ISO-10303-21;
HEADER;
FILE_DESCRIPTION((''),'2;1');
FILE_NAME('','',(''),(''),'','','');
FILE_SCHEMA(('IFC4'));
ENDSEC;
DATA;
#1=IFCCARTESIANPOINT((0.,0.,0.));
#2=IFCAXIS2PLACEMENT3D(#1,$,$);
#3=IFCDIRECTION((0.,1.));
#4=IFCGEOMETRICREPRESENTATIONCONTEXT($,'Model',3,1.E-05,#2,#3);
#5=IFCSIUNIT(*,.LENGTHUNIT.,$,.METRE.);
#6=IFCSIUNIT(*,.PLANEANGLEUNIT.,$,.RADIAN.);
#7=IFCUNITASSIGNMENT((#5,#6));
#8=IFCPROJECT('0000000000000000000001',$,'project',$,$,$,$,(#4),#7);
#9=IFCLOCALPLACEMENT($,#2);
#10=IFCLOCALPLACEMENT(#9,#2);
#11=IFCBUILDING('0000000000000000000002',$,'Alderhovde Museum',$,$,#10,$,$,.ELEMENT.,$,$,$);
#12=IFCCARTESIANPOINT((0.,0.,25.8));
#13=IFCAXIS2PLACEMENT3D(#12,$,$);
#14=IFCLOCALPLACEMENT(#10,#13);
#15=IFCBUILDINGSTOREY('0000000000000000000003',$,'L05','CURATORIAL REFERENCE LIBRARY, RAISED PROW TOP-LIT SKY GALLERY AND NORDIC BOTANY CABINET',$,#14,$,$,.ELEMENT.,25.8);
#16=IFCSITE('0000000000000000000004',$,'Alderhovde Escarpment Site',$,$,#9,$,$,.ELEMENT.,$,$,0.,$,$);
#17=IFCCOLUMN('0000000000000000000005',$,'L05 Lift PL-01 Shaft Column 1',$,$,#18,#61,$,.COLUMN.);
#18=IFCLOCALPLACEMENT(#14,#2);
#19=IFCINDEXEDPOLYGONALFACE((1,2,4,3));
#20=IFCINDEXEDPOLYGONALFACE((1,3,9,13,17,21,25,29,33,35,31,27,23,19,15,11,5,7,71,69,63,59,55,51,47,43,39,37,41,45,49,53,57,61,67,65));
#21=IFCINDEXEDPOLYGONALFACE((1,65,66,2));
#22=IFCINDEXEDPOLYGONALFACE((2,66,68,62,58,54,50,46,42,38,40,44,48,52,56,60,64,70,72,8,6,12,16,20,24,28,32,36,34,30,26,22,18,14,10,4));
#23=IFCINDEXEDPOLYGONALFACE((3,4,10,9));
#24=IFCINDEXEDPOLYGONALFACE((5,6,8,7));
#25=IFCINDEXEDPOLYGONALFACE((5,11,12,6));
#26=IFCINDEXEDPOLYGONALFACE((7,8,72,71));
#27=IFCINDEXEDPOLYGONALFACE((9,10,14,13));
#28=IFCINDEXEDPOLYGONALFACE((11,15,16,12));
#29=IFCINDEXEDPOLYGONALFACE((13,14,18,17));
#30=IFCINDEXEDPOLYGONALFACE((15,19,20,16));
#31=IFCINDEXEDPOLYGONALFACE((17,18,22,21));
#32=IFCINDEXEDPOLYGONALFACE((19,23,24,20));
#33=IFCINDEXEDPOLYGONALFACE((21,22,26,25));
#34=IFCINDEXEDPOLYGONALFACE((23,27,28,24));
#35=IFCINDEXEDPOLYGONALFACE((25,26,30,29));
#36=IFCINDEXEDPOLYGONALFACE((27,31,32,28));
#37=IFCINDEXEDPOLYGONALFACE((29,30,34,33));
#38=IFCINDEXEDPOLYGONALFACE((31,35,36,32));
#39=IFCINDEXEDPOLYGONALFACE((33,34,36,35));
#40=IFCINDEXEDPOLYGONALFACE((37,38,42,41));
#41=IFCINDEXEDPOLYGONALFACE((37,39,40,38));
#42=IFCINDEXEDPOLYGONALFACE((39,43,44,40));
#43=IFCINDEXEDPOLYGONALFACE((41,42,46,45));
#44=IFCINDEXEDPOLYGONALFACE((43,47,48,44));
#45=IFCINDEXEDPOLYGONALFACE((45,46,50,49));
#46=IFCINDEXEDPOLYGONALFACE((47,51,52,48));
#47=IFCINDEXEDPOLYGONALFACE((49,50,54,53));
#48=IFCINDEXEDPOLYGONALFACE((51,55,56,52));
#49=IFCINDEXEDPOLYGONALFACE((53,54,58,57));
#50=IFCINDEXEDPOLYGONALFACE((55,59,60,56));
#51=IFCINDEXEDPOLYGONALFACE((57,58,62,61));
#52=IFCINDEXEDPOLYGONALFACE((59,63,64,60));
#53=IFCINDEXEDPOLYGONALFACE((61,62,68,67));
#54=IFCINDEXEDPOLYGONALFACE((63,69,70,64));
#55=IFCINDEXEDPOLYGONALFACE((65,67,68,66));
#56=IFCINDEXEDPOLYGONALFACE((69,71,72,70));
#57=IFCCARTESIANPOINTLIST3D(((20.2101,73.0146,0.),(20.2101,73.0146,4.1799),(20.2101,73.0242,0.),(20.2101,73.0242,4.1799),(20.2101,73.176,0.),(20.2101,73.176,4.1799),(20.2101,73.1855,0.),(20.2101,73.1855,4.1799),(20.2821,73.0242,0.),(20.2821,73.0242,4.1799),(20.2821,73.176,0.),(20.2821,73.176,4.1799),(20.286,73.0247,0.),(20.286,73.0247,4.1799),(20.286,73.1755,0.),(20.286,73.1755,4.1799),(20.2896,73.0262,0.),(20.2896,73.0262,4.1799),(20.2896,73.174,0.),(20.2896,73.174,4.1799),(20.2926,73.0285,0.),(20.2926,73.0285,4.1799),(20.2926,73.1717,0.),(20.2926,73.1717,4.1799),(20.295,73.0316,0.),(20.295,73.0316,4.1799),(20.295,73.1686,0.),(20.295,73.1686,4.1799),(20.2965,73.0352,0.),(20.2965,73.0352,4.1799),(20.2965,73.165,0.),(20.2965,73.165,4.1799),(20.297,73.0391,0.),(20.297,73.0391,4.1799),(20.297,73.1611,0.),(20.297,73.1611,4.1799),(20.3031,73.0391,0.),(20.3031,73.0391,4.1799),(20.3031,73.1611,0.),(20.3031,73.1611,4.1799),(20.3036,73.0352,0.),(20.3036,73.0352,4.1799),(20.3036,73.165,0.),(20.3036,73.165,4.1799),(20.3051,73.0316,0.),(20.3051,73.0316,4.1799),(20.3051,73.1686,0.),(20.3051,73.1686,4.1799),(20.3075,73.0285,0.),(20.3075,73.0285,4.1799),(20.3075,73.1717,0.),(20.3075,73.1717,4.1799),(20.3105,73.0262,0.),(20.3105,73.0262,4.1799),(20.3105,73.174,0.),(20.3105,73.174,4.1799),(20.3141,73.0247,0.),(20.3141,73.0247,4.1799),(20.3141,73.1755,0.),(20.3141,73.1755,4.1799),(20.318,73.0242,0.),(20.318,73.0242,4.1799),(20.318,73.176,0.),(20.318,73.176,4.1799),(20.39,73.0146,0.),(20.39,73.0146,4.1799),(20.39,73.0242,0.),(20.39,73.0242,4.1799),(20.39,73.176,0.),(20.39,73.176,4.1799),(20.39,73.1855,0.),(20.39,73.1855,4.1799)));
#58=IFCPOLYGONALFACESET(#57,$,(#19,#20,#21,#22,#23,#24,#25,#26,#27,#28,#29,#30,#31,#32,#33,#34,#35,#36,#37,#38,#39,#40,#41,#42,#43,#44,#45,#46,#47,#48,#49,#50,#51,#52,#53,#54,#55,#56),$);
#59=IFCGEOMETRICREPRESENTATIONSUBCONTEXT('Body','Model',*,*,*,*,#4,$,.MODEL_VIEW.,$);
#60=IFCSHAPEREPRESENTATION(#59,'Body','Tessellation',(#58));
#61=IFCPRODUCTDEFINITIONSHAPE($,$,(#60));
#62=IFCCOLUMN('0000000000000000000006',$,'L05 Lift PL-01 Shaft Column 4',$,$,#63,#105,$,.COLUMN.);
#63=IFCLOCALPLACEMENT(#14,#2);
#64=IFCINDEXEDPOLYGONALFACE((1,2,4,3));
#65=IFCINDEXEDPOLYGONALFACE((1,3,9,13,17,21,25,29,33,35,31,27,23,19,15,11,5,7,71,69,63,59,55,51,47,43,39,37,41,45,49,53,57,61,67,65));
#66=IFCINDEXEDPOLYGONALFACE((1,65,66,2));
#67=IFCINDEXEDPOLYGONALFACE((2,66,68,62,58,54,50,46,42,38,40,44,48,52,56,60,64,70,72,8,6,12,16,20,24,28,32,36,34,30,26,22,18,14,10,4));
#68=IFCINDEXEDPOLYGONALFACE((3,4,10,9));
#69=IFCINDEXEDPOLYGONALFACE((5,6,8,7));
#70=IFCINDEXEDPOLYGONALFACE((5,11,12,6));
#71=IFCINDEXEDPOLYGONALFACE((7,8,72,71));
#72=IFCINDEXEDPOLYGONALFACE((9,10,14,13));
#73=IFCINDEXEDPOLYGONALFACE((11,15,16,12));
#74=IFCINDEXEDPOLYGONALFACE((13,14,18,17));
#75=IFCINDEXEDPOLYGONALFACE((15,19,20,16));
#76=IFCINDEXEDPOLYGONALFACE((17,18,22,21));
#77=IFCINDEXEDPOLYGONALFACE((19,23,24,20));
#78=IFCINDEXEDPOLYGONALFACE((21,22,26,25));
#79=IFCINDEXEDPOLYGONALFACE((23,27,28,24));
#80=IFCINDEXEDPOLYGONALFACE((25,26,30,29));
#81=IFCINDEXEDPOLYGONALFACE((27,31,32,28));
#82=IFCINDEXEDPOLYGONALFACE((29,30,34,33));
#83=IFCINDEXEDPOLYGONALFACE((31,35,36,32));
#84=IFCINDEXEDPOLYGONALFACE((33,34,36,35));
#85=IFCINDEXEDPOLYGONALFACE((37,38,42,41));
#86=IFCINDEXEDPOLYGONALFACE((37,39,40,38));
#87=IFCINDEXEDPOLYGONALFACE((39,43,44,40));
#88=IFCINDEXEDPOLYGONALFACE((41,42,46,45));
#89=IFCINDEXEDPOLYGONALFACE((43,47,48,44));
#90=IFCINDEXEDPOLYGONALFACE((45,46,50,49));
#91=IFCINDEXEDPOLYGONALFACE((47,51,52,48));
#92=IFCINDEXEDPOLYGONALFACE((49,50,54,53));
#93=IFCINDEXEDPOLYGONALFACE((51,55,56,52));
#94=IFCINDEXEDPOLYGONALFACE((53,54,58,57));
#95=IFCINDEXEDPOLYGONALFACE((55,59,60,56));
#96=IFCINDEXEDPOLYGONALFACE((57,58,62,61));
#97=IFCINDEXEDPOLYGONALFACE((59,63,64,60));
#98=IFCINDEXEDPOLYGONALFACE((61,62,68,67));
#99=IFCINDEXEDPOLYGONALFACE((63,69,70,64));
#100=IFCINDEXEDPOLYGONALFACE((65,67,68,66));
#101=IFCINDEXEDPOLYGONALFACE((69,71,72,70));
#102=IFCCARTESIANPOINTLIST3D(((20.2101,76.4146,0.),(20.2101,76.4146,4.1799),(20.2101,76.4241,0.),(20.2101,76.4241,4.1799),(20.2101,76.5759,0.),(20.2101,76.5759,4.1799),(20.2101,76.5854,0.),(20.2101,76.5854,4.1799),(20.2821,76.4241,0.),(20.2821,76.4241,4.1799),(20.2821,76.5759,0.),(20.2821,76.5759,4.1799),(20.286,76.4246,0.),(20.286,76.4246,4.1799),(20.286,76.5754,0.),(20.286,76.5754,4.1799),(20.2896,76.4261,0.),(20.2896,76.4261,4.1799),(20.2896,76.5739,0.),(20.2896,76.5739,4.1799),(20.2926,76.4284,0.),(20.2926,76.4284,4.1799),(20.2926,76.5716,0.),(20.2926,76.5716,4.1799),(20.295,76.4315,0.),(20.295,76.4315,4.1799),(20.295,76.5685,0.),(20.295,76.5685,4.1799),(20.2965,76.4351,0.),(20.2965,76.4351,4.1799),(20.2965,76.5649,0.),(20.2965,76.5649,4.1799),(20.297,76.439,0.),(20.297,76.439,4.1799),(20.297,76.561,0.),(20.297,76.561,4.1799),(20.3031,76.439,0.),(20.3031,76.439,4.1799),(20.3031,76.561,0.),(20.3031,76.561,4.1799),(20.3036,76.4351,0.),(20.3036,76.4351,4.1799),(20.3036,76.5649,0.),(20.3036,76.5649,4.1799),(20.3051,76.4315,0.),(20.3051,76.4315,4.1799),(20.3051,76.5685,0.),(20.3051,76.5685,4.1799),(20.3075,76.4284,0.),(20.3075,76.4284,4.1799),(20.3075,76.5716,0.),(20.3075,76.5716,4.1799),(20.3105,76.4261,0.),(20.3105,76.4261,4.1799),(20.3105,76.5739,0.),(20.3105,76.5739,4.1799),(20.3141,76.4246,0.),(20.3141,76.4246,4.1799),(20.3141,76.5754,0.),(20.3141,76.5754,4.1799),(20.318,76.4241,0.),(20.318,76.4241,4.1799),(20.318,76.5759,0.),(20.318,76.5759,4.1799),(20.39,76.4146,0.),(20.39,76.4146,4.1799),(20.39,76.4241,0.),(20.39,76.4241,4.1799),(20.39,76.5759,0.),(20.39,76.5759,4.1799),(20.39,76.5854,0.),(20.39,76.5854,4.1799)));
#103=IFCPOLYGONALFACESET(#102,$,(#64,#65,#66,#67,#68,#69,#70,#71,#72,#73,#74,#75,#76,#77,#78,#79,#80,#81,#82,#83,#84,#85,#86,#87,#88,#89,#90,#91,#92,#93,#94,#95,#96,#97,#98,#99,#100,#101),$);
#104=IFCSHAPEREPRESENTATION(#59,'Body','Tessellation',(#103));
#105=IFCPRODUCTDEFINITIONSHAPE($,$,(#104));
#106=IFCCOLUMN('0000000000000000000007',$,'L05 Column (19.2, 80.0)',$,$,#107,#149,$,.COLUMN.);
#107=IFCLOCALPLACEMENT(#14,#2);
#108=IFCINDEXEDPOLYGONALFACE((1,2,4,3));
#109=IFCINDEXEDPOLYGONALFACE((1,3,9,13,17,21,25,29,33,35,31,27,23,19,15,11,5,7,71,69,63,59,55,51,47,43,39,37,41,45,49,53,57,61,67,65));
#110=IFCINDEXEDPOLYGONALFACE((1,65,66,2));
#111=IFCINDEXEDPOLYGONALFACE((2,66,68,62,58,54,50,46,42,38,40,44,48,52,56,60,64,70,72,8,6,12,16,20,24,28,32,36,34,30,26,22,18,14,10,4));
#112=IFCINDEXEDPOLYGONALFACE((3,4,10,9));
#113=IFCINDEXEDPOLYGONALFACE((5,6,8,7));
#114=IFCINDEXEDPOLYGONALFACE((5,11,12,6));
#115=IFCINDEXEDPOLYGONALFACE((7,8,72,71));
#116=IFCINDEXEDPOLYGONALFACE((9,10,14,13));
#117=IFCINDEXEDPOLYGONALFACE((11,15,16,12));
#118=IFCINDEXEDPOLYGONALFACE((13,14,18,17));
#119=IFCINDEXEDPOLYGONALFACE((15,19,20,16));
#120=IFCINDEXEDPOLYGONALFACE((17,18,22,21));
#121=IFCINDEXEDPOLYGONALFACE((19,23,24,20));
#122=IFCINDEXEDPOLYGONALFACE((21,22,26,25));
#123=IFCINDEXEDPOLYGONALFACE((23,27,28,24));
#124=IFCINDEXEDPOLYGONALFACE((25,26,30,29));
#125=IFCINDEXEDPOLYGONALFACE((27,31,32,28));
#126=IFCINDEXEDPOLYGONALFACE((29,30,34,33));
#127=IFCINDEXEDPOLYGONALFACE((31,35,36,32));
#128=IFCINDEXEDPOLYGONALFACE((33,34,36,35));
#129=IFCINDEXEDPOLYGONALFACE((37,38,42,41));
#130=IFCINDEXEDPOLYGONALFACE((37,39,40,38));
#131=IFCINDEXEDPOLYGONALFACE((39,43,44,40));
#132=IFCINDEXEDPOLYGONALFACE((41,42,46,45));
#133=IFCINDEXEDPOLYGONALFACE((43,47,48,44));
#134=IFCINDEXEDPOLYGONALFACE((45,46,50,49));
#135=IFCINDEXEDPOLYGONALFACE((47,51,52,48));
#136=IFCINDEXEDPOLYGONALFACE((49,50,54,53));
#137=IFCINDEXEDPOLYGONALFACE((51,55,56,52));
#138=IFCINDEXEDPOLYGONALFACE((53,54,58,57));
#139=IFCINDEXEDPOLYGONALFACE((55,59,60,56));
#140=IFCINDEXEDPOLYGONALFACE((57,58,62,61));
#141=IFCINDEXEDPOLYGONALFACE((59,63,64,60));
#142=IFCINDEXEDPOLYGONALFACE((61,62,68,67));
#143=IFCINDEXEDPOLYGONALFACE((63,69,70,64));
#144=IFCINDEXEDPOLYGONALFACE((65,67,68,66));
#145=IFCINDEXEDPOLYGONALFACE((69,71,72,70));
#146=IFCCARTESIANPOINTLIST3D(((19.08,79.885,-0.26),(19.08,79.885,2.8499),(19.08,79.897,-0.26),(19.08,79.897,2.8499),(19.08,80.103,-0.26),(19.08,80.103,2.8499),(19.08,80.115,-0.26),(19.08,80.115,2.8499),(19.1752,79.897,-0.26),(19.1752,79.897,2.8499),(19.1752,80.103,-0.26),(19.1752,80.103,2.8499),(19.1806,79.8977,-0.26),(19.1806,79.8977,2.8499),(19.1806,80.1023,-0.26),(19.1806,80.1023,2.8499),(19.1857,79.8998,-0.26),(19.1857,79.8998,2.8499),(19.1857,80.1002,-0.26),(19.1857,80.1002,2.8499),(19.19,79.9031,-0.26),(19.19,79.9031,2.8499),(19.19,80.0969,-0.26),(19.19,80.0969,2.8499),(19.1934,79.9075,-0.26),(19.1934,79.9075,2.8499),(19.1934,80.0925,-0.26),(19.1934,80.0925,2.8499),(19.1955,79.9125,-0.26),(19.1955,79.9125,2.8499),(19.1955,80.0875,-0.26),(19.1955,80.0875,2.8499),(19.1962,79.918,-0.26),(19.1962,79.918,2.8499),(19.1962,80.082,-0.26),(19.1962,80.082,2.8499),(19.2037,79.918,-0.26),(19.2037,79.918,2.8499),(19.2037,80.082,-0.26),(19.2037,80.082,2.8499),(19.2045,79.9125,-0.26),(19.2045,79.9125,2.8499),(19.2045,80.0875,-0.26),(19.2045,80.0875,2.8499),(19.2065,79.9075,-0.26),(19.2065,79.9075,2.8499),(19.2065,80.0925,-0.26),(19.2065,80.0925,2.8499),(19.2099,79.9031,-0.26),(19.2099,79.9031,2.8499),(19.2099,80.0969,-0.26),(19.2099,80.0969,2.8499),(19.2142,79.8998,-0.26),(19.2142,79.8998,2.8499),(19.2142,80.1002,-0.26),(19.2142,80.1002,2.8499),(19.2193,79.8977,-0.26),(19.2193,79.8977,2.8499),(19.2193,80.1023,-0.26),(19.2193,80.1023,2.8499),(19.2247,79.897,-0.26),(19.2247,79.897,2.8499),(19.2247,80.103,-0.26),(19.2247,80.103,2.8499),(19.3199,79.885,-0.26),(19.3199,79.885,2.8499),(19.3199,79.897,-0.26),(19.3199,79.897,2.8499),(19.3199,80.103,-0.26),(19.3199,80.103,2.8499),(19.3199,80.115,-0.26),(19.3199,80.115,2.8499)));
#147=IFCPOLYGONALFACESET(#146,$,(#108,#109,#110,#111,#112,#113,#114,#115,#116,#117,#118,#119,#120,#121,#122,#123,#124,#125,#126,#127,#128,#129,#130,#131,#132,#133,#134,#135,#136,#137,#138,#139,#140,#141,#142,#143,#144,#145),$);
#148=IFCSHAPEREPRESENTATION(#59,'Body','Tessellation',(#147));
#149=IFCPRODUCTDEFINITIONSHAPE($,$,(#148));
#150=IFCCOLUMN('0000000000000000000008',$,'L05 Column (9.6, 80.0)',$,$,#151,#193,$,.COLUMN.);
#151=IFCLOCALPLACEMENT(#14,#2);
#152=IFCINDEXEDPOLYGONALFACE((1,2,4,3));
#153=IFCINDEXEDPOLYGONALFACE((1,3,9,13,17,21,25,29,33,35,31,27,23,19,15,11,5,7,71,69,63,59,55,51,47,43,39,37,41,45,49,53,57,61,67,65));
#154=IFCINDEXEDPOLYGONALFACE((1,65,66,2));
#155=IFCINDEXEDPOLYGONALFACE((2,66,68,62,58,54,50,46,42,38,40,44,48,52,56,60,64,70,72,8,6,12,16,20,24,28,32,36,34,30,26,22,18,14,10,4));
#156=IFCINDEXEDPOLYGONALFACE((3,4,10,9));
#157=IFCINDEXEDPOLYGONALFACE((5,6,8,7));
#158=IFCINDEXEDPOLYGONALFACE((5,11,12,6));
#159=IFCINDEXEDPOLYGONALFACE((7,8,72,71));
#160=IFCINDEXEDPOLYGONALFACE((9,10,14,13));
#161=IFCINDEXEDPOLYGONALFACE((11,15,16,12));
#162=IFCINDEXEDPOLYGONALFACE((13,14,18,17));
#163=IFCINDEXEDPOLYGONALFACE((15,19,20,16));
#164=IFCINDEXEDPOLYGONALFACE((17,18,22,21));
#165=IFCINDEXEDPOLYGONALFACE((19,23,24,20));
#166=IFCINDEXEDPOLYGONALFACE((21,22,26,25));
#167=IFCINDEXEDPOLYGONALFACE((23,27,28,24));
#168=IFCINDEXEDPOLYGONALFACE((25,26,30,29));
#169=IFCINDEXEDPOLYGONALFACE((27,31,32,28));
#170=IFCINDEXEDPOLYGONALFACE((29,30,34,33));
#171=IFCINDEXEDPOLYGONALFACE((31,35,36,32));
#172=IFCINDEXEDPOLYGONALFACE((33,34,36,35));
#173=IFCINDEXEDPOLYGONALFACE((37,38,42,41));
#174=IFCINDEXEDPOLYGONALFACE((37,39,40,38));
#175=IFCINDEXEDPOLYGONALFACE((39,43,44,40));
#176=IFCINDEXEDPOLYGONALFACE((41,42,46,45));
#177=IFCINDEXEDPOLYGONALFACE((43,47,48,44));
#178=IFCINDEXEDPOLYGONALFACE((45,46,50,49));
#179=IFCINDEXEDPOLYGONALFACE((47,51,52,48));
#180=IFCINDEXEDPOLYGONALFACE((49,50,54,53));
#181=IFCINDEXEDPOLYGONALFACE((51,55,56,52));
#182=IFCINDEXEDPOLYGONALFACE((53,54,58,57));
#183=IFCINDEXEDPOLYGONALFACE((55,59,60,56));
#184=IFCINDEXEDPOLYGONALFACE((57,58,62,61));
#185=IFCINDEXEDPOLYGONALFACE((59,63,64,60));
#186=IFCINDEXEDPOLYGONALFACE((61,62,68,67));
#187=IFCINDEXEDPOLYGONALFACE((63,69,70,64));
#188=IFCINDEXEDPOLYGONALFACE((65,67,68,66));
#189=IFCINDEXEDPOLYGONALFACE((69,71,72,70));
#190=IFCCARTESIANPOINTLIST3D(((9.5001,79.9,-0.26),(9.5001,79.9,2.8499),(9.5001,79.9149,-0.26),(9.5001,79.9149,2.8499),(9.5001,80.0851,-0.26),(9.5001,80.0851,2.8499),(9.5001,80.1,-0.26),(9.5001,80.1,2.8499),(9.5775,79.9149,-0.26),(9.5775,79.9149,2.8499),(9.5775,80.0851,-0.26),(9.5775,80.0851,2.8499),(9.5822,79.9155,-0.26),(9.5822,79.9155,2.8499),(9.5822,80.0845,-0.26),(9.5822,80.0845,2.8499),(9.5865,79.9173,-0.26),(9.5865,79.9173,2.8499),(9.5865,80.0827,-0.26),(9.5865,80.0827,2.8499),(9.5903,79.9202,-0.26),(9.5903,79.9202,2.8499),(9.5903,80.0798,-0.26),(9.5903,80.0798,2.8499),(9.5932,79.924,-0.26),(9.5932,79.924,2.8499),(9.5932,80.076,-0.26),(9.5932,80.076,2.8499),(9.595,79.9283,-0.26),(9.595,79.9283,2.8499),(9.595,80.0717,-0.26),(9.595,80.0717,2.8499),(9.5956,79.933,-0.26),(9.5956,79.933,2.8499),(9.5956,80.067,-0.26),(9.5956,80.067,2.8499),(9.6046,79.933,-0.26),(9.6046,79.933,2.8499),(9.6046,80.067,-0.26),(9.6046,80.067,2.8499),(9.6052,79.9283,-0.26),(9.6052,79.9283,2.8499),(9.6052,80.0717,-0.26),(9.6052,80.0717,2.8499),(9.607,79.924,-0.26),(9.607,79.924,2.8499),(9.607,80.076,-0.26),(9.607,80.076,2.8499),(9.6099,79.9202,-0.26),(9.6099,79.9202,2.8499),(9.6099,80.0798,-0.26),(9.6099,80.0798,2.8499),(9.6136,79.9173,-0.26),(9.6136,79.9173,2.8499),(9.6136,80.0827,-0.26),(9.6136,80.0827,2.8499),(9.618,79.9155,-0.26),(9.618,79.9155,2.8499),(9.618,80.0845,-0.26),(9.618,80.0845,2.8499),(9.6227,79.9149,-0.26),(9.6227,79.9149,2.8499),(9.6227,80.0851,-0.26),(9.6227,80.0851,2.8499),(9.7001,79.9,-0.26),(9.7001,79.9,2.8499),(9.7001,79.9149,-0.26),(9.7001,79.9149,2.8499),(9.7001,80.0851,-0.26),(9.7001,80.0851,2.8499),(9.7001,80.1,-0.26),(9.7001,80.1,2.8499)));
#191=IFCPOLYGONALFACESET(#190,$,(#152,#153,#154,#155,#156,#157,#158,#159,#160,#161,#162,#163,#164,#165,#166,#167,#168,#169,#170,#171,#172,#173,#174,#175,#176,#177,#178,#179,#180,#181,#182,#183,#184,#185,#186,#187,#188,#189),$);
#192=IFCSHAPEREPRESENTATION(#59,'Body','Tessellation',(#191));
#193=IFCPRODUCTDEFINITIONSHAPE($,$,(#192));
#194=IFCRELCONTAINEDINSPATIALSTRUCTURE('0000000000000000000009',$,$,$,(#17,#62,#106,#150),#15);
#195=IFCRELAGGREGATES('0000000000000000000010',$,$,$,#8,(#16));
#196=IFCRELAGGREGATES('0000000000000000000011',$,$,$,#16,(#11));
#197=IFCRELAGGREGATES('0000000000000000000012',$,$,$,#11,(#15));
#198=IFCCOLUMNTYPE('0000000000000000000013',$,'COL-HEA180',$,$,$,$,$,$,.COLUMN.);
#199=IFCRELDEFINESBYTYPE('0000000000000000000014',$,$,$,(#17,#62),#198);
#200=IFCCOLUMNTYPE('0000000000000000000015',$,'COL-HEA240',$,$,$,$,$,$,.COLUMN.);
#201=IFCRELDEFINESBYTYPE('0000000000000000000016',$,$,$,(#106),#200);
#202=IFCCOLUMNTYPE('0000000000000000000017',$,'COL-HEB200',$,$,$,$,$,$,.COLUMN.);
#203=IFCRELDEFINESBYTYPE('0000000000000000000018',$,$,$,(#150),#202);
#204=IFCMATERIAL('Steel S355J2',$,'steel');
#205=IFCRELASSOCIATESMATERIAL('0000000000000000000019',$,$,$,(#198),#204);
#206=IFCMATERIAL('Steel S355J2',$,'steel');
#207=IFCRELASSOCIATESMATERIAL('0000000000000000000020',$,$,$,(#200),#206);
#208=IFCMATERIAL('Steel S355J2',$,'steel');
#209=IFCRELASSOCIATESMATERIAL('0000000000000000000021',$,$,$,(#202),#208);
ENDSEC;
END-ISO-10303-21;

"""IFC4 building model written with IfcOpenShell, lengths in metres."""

from ifc_helpers import new_model, si_unit, direction, frame, origin, origin_2d, place, context, subcontext, project, spatial, i_section, extrude, material, material_profile, profile_set, type_object, element, save


model = new_model("IFC4")

# Units and contexts
model_context = context("Model", 3, precision=1e-05, world=origin(), true_north=direction((0.0, 1.0)))
body_context = subcontext(model_context, "Body", "Model", "MODEL_VIEW")
ifc_project = project(units=[si_unit("LENGTHUNIT", "METRE"), si_unit("PLANEANGLEUNIT", "RADIAN")], contexts=[model_context])

# Site, building, storey
site_placement = place(None, origin())
site = spatial("IfcSite", under=ifc_project, at=site_placement, Name="Alderhovde Escarpment Site", CompositionType="ELEMENT", RefElevation=0.0)
building_placement = place(site_placement, origin())
building = spatial("IfcBuilding", under=site, at=building_placement, Name="Alderhovde Museum", CompositionType="ELEMENT")
storey_placement = place(building_placement, frame((0.0, 0.0, 25.8)))
storey = spatial("IfcBuildingStorey", under=building, at=storey_placement, Name="L05", Description="CURATORIAL REFERENCE LIBRARY, RAISED PROW TOP-LIT SKY GALLERY AND NORDIC BOTANY CABINET", CompositionType="ELEMENT", Elevation=25.8)

# Columns
ifc_material_1 = material(Name="Steel S355J2", Category="steel")
ifc_material_profile_1 = material_profile(ifc_material_1, i_section(OverallWidth=0.1799, OverallDepth=0.1709, WebThickness=0.0061, FlangeThickness=0.0095, FilletRadius=0.0149, at=origin_2d()), Name="HEA 180")
ifc_profile_set_1 = profile_set([ifc_material_profile_1], Name="Steel S355J2")
column_type_1 = type_object("IfcColumnType", Name="COL-HEA180", PredefinedType="COLUMN", material=ifc_profile_set_1)
for number, where, z_axis, x_axis, name in (
    (1, (20.3, 73.1001, 0.0), (0.0, 0.0, 1.0), (1.0, 0.0, 0.0), "L05 Lift PL-01 Shaft Column 1"),
    (2, (20.3, 76.5, 0.0), (0.0, 0.0, 1.0), (1.0, 0.0, 0.0), "L05 Lift PL-01 Shaft Column 4"),
):
    element("IfcColumn", number, at=place(storey_placement, frame(where, z_axis=z_axis, x_axis=x_axis)), inside=storey, type_object=column_type_1, Name=name, PredefinedType="COLUMN", context=body_context, shape_type="SweptSolid", body=[
        extrude(i_section(OverallWidth=0.1799, OverallDepth=0.1709, WebThickness=0.0061, FlangeThickness=0.0095, FilletRadius=0.0149, at=origin_2d()), origin(), (0.0, 0.0, 1.0), 4.1799),
    ])
ifc_material_2 = material(Name="Steel S355J2", Category="steel")
ifc_material_profile_2 = material_profile(ifc_material_2, i_section(OverallWidth=0.24, OverallDepth=0.23, WebThickness=0.0076, FlangeThickness=0.012, FilletRadius=0.021, at=origin_2d()), Name="HEA 240")
ifc_profile_set_2 = profile_set([ifc_material_profile_2], Name="Steel S355J2")
column_type_2 = type_object("IfcColumnType", Name="COL-HEA240", PredefinedType="COLUMN", material=ifc_profile_set_2)
column_1_placement = place(storey_placement, frame((19.2, 80.0, -0.26), z_axis=(0.0, 0.0, 1.0), x_axis=(1.0, 0.0, 0.0)))
element("IfcColumn", 3, at=column_1_placement, inside=storey, type_object=column_type_2, Name="L05 Column (19.2, 80.0)", PredefinedType="COLUMN", context=body_context, shape_type="SweptSolid", body=[
    extrude(i_section(OverallWidth=0.24, OverallDepth=0.23, WebThickness=0.0076, FlangeThickness=0.012, FilletRadius=0.021, at=origin_2d()), origin(), (0.0, 0.0, 1.0), 3.1099),
])
ifc_material_3 = material(Name="Steel S355J2", Category="steel")
ifc_material_profile_3 = material_profile(ifc_material_3, i_section(OverallWidth=0.2, OverallDepth=0.2, WebThickness=0.009, FlangeThickness=0.0149, FilletRadius=0.0181, at=origin_2d()), Name="HEB 200")
ifc_profile_set_3 = profile_set([ifc_material_profile_3], Name="Steel S355J2")
column_type_3 = type_object("IfcColumnType", Name="COL-HEB200", PredefinedType="COLUMN", material=ifc_profile_set_3)
column_2_placement = place(storey_placement, frame((9.6001, 80.0, -0.26), z_axis=(0.0, 0.0, 1.0), x_axis=(1.0, 0.0, 0.0)))
element("IfcColumn", 4, at=column_2_placement, inside=storey, type_object=column_type_3, Name="L05 Column (9.6, 80.0)", PredefinedType="COLUMN", context=body_context, shape_type="SweptSolid", body=[
    extrude(i_section(OverallWidth=0.2, OverallDepth=0.2, WebThickness=0.009, FlangeThickness=0.0149, FilletRadius=0.0181, at=origin_2d()), origin(), (0.0, 0.0, 1.0), 3.1099),
])

save(model, "model.ifc")
